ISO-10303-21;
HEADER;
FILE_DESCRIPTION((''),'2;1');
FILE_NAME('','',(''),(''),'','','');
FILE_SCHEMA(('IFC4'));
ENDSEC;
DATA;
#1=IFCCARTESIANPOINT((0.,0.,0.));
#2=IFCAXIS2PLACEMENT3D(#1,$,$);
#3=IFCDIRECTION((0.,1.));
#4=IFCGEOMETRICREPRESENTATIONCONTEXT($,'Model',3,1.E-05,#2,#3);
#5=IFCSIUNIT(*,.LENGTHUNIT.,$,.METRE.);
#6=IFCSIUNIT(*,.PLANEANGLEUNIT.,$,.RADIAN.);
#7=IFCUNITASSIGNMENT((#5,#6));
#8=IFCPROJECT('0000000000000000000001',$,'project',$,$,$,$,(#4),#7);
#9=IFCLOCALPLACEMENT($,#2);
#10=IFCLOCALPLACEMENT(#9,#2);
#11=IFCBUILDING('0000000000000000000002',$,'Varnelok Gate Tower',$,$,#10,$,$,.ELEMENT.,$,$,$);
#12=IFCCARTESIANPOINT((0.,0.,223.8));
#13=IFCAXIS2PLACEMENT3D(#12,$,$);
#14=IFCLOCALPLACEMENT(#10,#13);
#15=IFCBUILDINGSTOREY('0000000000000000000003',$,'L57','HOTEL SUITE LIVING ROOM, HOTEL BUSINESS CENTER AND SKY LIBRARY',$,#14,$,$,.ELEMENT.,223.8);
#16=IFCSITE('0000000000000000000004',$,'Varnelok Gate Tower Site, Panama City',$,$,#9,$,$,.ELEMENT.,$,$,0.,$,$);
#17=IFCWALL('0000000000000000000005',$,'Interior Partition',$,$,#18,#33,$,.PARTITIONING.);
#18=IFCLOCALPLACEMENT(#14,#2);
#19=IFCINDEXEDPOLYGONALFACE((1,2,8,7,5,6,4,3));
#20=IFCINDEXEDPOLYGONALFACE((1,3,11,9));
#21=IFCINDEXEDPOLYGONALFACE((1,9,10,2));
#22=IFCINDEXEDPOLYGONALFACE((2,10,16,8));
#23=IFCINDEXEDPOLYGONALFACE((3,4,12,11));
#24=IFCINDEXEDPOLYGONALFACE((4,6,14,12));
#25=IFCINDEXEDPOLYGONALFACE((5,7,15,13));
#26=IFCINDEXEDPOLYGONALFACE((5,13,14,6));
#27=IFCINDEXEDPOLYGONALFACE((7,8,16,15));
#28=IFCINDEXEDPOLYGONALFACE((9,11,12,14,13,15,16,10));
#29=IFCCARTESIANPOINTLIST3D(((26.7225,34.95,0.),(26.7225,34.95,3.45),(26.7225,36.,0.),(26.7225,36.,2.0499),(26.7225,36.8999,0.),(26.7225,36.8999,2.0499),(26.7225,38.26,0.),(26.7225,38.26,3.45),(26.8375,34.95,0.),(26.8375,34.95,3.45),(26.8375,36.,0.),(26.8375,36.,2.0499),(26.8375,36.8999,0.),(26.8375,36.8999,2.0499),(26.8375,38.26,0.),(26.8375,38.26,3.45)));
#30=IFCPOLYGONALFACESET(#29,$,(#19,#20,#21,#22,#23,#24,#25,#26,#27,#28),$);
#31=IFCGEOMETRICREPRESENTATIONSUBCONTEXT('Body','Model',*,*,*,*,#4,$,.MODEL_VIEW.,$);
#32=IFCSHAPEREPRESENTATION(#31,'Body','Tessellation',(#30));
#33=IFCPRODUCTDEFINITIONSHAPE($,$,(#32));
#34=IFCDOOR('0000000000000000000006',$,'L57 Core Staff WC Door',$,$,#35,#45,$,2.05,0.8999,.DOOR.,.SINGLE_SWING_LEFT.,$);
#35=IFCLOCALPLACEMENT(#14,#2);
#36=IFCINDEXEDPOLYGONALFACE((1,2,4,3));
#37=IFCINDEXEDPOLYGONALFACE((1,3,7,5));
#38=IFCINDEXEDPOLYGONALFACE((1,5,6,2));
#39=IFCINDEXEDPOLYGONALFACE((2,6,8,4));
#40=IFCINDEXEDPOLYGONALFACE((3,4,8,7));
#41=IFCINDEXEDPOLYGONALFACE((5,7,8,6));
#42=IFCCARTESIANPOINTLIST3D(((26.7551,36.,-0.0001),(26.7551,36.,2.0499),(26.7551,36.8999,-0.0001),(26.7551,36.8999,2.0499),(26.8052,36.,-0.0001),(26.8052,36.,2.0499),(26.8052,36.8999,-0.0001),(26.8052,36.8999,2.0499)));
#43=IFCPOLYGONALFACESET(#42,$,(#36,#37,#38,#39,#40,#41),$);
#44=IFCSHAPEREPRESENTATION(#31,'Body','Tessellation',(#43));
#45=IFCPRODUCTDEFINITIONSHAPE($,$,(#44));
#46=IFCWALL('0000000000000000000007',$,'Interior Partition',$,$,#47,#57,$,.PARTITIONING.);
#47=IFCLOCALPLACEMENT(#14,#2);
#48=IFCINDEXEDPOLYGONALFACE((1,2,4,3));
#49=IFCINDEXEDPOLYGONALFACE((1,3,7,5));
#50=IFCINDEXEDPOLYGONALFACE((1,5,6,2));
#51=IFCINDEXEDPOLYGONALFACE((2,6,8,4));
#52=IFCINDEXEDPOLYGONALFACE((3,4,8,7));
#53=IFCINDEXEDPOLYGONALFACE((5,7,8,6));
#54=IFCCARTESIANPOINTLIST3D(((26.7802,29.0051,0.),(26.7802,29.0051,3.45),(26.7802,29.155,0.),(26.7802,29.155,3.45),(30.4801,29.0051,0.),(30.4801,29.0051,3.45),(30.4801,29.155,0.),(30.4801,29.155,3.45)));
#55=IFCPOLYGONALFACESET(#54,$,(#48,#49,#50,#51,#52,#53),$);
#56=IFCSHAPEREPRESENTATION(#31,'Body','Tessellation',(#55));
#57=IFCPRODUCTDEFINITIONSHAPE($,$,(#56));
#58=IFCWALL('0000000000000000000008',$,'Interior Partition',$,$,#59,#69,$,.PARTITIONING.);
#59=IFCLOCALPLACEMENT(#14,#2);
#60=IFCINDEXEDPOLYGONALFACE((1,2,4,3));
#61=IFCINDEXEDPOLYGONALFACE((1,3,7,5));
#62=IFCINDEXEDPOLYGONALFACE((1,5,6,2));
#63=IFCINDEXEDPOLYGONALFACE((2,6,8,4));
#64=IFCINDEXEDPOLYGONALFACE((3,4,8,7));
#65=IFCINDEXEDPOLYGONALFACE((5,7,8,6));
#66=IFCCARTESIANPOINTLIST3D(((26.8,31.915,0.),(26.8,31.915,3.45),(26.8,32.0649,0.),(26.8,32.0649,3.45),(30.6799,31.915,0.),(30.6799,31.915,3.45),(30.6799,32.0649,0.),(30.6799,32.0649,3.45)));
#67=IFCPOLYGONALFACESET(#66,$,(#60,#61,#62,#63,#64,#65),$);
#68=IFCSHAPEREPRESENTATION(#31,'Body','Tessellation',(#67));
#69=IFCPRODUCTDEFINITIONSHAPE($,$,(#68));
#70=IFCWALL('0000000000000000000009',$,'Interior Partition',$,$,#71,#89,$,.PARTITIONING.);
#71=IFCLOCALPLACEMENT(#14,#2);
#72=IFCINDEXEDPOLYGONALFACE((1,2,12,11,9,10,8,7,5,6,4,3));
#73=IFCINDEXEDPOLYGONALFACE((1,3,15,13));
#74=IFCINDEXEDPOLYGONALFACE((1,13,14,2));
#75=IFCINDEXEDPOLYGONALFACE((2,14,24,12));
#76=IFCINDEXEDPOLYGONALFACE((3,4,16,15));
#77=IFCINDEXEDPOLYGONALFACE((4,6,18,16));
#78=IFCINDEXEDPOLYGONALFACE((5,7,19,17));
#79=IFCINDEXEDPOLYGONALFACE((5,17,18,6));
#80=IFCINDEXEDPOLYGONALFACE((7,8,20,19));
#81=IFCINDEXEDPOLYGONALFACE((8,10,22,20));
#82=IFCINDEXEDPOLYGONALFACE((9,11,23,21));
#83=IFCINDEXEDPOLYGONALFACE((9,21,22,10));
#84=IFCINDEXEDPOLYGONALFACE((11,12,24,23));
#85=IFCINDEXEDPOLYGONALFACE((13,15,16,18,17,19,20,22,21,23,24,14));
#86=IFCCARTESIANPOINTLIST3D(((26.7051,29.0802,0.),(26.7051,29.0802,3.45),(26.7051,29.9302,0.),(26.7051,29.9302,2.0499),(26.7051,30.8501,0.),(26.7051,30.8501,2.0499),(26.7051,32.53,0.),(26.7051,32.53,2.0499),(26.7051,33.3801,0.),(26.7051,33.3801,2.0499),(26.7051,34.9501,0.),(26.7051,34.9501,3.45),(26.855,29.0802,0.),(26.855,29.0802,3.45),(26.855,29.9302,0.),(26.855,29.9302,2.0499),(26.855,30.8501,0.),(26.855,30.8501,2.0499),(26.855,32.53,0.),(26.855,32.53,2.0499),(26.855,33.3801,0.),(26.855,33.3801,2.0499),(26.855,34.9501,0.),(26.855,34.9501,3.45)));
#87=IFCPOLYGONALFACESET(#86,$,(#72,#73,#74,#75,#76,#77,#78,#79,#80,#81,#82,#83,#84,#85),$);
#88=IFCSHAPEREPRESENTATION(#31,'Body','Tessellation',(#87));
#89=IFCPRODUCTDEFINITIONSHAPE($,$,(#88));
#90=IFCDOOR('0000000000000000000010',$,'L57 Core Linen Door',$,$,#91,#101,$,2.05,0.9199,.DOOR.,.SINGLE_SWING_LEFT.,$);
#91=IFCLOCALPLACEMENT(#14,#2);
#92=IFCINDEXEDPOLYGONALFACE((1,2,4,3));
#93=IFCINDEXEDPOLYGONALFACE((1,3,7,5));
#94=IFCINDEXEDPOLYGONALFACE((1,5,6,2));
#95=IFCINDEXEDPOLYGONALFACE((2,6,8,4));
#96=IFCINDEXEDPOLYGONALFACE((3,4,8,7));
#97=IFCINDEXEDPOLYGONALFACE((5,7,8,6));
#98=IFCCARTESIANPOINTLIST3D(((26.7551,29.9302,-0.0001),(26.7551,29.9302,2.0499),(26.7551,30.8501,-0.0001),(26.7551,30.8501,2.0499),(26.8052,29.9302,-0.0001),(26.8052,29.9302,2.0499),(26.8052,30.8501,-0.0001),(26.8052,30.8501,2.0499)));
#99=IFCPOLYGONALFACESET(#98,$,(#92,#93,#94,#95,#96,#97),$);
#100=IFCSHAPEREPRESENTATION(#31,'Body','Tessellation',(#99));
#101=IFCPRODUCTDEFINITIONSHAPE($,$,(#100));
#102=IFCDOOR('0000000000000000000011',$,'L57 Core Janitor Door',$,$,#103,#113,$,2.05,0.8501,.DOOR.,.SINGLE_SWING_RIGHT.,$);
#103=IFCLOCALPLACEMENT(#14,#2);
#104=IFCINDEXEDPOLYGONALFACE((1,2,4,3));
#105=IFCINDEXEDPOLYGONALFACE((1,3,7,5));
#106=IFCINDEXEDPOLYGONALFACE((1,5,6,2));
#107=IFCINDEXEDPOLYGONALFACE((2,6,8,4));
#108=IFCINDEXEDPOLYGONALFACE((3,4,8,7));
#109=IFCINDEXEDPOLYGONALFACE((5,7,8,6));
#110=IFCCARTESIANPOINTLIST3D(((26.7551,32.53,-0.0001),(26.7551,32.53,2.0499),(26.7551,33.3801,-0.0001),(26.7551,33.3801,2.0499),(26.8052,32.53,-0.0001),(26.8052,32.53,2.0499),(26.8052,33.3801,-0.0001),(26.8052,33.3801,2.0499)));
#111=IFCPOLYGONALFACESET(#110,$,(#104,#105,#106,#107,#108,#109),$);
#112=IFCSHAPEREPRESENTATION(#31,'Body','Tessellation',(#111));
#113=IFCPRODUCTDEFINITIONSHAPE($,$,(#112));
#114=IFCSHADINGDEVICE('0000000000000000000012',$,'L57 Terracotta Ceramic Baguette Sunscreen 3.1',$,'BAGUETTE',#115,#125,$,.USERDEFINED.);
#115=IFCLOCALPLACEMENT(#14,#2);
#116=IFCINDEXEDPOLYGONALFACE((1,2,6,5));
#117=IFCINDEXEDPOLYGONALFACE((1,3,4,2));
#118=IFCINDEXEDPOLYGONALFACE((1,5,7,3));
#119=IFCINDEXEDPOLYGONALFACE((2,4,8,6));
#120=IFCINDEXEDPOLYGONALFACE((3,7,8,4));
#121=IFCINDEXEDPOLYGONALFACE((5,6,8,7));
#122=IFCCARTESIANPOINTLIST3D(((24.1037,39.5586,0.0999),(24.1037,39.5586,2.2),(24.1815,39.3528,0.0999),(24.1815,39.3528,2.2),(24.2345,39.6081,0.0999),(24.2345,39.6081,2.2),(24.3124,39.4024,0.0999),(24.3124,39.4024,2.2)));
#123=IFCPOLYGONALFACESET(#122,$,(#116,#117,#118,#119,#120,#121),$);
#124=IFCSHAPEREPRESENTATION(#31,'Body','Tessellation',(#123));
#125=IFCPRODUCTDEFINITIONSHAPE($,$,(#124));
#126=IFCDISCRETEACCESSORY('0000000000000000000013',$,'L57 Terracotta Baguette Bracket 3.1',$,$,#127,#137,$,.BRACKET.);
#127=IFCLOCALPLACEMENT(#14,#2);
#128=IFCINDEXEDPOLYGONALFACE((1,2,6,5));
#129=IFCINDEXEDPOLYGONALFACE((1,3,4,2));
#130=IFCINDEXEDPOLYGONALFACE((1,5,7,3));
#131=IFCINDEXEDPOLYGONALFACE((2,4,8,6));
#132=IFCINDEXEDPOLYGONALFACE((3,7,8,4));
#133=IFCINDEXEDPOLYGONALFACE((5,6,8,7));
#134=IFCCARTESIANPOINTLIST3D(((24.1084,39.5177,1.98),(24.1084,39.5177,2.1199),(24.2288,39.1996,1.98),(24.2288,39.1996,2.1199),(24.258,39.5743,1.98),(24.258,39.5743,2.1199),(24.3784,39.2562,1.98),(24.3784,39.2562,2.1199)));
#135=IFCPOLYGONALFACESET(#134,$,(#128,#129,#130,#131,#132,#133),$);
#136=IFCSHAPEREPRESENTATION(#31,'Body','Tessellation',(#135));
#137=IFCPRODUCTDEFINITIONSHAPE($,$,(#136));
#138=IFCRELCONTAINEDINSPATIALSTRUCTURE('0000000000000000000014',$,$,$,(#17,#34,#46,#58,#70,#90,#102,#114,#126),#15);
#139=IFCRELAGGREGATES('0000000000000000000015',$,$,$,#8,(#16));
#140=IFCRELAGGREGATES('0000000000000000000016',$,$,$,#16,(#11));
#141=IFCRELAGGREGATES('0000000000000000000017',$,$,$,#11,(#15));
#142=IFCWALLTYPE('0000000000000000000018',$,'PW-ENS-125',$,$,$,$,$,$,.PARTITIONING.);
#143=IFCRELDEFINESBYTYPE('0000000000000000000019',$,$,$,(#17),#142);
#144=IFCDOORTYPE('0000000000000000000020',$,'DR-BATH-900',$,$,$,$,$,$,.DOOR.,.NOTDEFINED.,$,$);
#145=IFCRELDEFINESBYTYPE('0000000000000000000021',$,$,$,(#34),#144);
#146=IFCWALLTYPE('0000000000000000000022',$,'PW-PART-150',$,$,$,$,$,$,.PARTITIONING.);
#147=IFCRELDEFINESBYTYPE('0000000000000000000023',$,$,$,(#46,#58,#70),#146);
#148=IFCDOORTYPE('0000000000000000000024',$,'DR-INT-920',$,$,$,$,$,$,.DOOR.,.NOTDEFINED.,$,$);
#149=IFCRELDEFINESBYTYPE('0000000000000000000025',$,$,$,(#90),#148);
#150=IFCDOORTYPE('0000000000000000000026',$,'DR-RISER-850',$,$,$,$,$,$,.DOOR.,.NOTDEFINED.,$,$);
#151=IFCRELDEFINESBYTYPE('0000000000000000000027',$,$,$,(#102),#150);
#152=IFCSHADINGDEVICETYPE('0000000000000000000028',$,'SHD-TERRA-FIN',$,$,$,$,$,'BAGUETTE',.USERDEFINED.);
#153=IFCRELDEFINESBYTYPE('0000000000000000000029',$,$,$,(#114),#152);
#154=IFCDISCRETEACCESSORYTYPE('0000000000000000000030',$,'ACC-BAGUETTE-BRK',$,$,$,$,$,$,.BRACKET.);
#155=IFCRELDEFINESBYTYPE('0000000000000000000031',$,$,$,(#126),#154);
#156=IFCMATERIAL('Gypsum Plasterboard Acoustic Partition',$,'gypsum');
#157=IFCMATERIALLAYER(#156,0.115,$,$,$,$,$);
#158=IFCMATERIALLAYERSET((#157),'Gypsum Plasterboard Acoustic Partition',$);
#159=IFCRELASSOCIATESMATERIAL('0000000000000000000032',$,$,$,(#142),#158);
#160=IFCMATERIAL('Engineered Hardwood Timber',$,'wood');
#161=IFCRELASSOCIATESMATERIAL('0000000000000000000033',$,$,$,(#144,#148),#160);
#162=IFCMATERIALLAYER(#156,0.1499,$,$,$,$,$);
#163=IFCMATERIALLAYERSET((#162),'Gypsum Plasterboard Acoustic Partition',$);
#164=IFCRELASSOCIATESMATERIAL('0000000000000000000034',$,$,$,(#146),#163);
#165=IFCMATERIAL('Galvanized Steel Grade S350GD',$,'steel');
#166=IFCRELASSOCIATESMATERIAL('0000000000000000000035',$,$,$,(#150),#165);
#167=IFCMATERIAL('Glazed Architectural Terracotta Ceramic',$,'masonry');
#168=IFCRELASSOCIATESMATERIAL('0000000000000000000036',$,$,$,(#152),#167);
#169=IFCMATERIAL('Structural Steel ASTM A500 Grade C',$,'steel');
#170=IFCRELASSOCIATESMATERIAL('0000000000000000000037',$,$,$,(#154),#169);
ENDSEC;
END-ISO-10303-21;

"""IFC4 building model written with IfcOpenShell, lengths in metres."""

from ifc_helpers import new_model, si_unit, direction, frame, frame_2d, origin, origin_2d, place, context, subcontext, project, spatial, rectangle, extrude, source, transform, mapped, material, layer, layer_set, type_object, element, fill, save


model = new_model("IFC4")

# Units and contexts
model_context = context("Model", 3, precision=1e-05, world=origin(), true_north=direction((0.0, 1.0)))
body_context = subcontext(model_context, "Body", "Model", "MODEL_VIEW")
ifc_project = project(units=[si_unit("LENGTHUNIT", "METRE"), si_unit("PLANEANGLEUNIT", "RADIAN")], contexts=[model_context])

# Site, building, storey
site_placement = place(None, origin())
site = spatial("IfcSite", under=ifc_project, at=site_placement, Name="Varnelok Gate Tower Site, Panama City", CompositionType="ELEMENT", RefElevation=0.0)
building_placement = place(site_placement, origin())
building = spatial("IfcBuilding", under=site, at=building_placement, Name="Varnelok Gate Tower", CompositionType="ELEMENT")
storey_placement = place(building_placement, frame((0.0, 0.0, 223.8)))
storey = spatial("IfcBuildingStorey", under=building, at=storey_placement, Name="L57", Description="HOTEL SUITE LIVING ROOM, HOTEL BUSINESS CENTER AND SKY LIBRARY", CompositionType="ELEMENT", Elevation=223.8)

# Shared definitions
ifc_material_1 = material(Name="Gypsum Plasterboard Acoustic Partition", Category="gypsum")
ifc_layer_1 = layer(ifc_material_1, 0.115)
ifc_layer_set_1 = layer_set([ifc_layer_1], Name="Gypsum Plasterboard Acoustic Partition")
wall_type_1 = type_object("IfcWallType", Name="PW-ENS-125", PredefinedType="PARTITIONING", material=ifc_layer_set_1)

# Wall, opening, door
wall_1_placement = place(storey_placement, frame((26.78, 34.95, 0.0), z_axis=(0.0, 0.0, 1.0), x_axis=(0.0, 1.0, 0.0)))
wall_1 = element("IfcWall", 1, at=wall_1_placement, inside=storey, type_object=wall_type_1, Name="Interior Partition", PredefinedType="PARTITIONING", context=body_context, shape_type="SweptSolid", body=[
    extrude(rectangle(XDim=3.3101, YDim=0.115, at=frame_2d((1.655, 0.0))), origin(), (0.0, 0.0, 1.0), 3.45),
])
opening_1_placement = place(wall_1_placement, frame((1.05, 0.0, 0.0)))
opening_1 = element("IfcOpeningElement", 2, at=opening_1_placement, cuts=wall_1, PredefinedType="OPENING", context=body_context, shape_type="SweptSolid", body=[
    extrude(rectangle(XDim=0.8999, YDim=2.05, at=frame_2d((0.45, 1.0249))), frame((0.0, 0.0674, 0.0), z_axis=(0.0, -1.0, 0.0), x_axis=(1.0, 0.0, 0.0)), (0.0, 0.0, 1.0), 0.135),
])
ifc_material_2 = material(Name="Engineered Hardwood Timber", Category="wood")
door_type_1 = type_object("IfcDoorType", Name="DR-BATH-900", OperationType="NOTDEFINED", PredefinedType="DOOR", material=ifc_material_2)
door_1_placement = place(opening_1_placement, origin())
door_1 = element("IfcDoor", 3, at=door_1_placement, inside=storey, type_object=door_type_1, Name="L57 Core Staff WC Door", OperationType="SINGLE_SWING_LEFT", OverallHeight=2.05, OverallWidth=0.8999, PredefinedType="DOOR", context=body_context, shape_type="SweptSolid", body=[
    extrude(rectangle(XDim=0.8999, YDim=2.05, at=frame_2d((0.45, 1.0249))), frame((0.0, 0.0249, 0.0), z_axis=(0.0, -1.0, 0.0), x_axis=(1.0, 0.0, 0.0)), (0.0, 0.0, 1.0), 0.05),
])
fill(opening_1, door_1)

# Walls
ifc_layer_2 = layer(ifc_material_1, 0.1499)
ifc_layer_set_2 = layer_set([ifc_layer_2], Name="Gypsum Plasterboard Acoustic Partition")
wall_type_2 = type_object("IfcWallType", Name="PW-PART-150", PredefinedType="PARTITIONING", material=ifc_layer_set_2)
wall_2_placement = place(storey_placement, frame((26.78, 29.0801, 0.0), z_axis=(0.0, 0.0, 1.0), x_axis=(1.0, 0.0, 0.0)))
element("IfcWall", 4, at=wall_2_placement, inside=storey, type_object=wall_type_2, Name="Interior Partition", PredefinedType="PARTITIONING", context=body_context, shape_type="SweptSolid", body=[
    extrude(rectangle(XDim=3.7, YDim=0.1499, at=frame_2d((1.8501, 0.0))), origin(), (0.0, 0.0, 1.0), 3.45),
])
wall_3_placement = place(storey_placement, frame((26.8, 31.99, 0.0), z_axis=(0.0, 0.0, 1.0), x_axis=(1.0, 0.0, 0.0)))
element("IfcWall", 5, at=wall_3_placement, inside=storey, type_object=wall_type_2, Name="Interior Partition", PredefinedType="PARTITIONING", context=body_context, shape_type="SweptSolid", body=[
    extrude(rectangle(XDim=3.8799, YDim=0.1499, at=frame_2d((1.9399, 0.0))), origin(), (0.0, 0.0, 1.0), 3.45),
])

# Wall, openings, doors
wall_4_placement = place(storey_placement, frame((26.78, 29.0801, 0.0), z_axis=(0.0, 0.0, 1.0), x_axis=(0.0, 1.0, 0.0)))
wall_4 = element("IfcWall", 6, at=wall_4_placement, inside=storey, type_object=wall_type_2, Name="Interior Partition", PredefinedType="PARTITIONING", context=body_context, shape_type="SweptSolid", body=[
    extrude(rectangle(XDim=5.8699, YDim=0.1499, at=frame_2d((2.9351, 0.0))), origin(), (0.0, 0.0, 1.0), 3.45),
])
opening_2_placement = place(wall_4_placement, frame((0.8501, 0.0, 0.0)))
opening_2 = element("IfcOpeningElement", 7, at=opening_2_placement, cuts=wall_4, PredefinedType="OPENING", context=body_context, shape_type="SweptSolid", body=[
    extrude(rectangle(XDim=0.9199, YDim=2.05, at=frame_2d((0.46, 1.0249))), frame((0.0, 0.085, 0.0), z_axis=(0.0, -1.0, 0.0), x_axis=(1.0, 0.0, 0.0)), (0.0, 0.0, 1.0), 0.1699),
])
opening_3_placement = place(wall_4_placement, frame((3.45, 0.0, 0.0)))
opening_3 = element("IfcOpeningElement", 8, at=opening_3_placement, cuts=wall_4, PredefinedType="OPENING", context=body_context, shape_type="SweptSolid", body=[
    extrude(rectangle(XDim=0.8501, YDim=2.05, at=frame_2d((0.425, 1.0249))), frame((0.0, 0.085, 0.0), z_axis=(0.0, -1.0, 0.0), x_axis=(1.0, 0.0, 0.0)), (0.0, 0.0, 1.0), 0.1699),
])
door_type_2 = type_object("IfcDoorType", Name="DR-INT-920", OperationType="NOTDEFINED", PredefinedType="DOOR", material=ifc_material_2)
door_2_placement = place(opening_2_placement, origin())
door_2 = element("IfcDoor", 9, at=door_2_placement, inside=storey, type_object=door_type_2, Name="L57 Core Linen Door", OperationType="SINGLE_SWING_LEFT", OverallHeight=2.05, OverallWidth=0.9199, PredefinedType="DOOR", context=body_context, shape_type="SweptSolid", body=[
    extrude(rectangle(XDim=0.9199, YDim=2.05, at=frame_2d((0.46, 1.0249))), frame((0.0, 0.0249, 0.0), z_axis=(0.0, -1.0, 0.0), x_axis=(1.0, 0.0, 0.0)), (0.0, 0.0, 1.0), 0.05),
])
fill(opening_2, door_2)
ifc_material_3 = material(Name="Galvanized Steel Grade S350GD", Category="steel")
door_type_3 = type_object("IfcDoorType", Name="DR-RISER-850", OperationType="NOTDEFINED", PredefinedType="DOOR", material=ifc_material_3)
door_3_placement = place(opening_3_placement, origin())
door_3 = element("IfcDoor", 10, at=door_3_placement, inside=storey, type_object=door_type_3, Name="L57 Core Janitor Door", OperationType="SINGLE_SWING_RIGHT", OverallHeight=2.05, OverallWidth=0.8501, PredefinedType="DOOR", context=body_context, shape_type="SweptSolid", body=[
    extrude(rectangle(XDim=0.8501, YDim=2.05, at=frame_2d((0.425, 1.0249))), frame((0.0, 0.0249, 0.0), z_axis=(0.0, -1.0, 0.0), x_axis=(1.0, 0.0, 0.0)), (0.0, 0.0, 1.0), 0.05),
])
fill(opening_3, door_3)

# Shading device
ifc_material_4 = material(Name="Glazed Architectural Terracotta Ceramic", Category="masonry")
shading_device_type = type_object("IfcShadingDeviceType", Name="SHD-TERRA-FIN", ElementType="BAGUETTE", PredefinedType="USERDEFINED", material=ifc_material_4)
shared_shape_1 = source(origin(), body_context, "Body", "SweptSolid", [
    extrude(rectangle(XDim=0.1399, YDim=0.22, at=origin_2d()), origin(), (0.0, 0.0, 1.0), 2.1001),
])
shading_device_placement = place(storey_placement, frame((24.208, 39.4805, 0.0999), z_axis=(0.0, 0.0, 1.0), x_axis=(0.935222, 0.354063, 0.0)))
element("IfcShadingDevice", 11, at=shading_device_placement, inside=storey, type_object=shading_device_type, Name="L57 Terracotta Ceramic Baguette Sunscreen 3.1", ObjectType="BAGUETTE", PredefinedType="USERDEFINED", context=body_context, shape_type="MappedRepresentation", body=[
    mapped(shared_shape_1, transform((0.0, 0.0, 0.0), scale=1.0)),
])

# Discrete accessory
ifc_material_5 = material(Name="Structural Steel ASTM A500 Grade C", Category="steel")
discrete_accessory_type = type_object("IfcDiscreteAccessoryType", Name="ACC-BAGUETTE-BRK", PredefinedType="BRACKET", material=ifc_material_5)
shared_shape_2 = source(origin(), body_context, "Body", "SweptSolid", [
    extrude(rectangle(XDim=0.1599, YDim=0.3401, at=origin_2d()), origin(), (0.0, 0.0, 1.0), 0.1399),
])
discrete_accessory_placement = place(storey_placement, frame((24.2434, 39.387, 1.98), z_axis=(0.0, 0.0, 1.0), x_axis=(0.935222, 0.354063, 0.0)))
element("IfcDiscreteAccessory", 12, at=discrete_accessory_placement, inside=storey, type_object=discrete_accessory_type, Name="L57 Terracotta Baguette Bracket 3.1", PredefinedType="BRACKET", context=body_context, shape_type="MappedRepresentation", body=[
    mapped(shared_shape_2, transform((0.0, 0.0, 0.0), scale=1.0)),
])

save(model, "model.ifc")
